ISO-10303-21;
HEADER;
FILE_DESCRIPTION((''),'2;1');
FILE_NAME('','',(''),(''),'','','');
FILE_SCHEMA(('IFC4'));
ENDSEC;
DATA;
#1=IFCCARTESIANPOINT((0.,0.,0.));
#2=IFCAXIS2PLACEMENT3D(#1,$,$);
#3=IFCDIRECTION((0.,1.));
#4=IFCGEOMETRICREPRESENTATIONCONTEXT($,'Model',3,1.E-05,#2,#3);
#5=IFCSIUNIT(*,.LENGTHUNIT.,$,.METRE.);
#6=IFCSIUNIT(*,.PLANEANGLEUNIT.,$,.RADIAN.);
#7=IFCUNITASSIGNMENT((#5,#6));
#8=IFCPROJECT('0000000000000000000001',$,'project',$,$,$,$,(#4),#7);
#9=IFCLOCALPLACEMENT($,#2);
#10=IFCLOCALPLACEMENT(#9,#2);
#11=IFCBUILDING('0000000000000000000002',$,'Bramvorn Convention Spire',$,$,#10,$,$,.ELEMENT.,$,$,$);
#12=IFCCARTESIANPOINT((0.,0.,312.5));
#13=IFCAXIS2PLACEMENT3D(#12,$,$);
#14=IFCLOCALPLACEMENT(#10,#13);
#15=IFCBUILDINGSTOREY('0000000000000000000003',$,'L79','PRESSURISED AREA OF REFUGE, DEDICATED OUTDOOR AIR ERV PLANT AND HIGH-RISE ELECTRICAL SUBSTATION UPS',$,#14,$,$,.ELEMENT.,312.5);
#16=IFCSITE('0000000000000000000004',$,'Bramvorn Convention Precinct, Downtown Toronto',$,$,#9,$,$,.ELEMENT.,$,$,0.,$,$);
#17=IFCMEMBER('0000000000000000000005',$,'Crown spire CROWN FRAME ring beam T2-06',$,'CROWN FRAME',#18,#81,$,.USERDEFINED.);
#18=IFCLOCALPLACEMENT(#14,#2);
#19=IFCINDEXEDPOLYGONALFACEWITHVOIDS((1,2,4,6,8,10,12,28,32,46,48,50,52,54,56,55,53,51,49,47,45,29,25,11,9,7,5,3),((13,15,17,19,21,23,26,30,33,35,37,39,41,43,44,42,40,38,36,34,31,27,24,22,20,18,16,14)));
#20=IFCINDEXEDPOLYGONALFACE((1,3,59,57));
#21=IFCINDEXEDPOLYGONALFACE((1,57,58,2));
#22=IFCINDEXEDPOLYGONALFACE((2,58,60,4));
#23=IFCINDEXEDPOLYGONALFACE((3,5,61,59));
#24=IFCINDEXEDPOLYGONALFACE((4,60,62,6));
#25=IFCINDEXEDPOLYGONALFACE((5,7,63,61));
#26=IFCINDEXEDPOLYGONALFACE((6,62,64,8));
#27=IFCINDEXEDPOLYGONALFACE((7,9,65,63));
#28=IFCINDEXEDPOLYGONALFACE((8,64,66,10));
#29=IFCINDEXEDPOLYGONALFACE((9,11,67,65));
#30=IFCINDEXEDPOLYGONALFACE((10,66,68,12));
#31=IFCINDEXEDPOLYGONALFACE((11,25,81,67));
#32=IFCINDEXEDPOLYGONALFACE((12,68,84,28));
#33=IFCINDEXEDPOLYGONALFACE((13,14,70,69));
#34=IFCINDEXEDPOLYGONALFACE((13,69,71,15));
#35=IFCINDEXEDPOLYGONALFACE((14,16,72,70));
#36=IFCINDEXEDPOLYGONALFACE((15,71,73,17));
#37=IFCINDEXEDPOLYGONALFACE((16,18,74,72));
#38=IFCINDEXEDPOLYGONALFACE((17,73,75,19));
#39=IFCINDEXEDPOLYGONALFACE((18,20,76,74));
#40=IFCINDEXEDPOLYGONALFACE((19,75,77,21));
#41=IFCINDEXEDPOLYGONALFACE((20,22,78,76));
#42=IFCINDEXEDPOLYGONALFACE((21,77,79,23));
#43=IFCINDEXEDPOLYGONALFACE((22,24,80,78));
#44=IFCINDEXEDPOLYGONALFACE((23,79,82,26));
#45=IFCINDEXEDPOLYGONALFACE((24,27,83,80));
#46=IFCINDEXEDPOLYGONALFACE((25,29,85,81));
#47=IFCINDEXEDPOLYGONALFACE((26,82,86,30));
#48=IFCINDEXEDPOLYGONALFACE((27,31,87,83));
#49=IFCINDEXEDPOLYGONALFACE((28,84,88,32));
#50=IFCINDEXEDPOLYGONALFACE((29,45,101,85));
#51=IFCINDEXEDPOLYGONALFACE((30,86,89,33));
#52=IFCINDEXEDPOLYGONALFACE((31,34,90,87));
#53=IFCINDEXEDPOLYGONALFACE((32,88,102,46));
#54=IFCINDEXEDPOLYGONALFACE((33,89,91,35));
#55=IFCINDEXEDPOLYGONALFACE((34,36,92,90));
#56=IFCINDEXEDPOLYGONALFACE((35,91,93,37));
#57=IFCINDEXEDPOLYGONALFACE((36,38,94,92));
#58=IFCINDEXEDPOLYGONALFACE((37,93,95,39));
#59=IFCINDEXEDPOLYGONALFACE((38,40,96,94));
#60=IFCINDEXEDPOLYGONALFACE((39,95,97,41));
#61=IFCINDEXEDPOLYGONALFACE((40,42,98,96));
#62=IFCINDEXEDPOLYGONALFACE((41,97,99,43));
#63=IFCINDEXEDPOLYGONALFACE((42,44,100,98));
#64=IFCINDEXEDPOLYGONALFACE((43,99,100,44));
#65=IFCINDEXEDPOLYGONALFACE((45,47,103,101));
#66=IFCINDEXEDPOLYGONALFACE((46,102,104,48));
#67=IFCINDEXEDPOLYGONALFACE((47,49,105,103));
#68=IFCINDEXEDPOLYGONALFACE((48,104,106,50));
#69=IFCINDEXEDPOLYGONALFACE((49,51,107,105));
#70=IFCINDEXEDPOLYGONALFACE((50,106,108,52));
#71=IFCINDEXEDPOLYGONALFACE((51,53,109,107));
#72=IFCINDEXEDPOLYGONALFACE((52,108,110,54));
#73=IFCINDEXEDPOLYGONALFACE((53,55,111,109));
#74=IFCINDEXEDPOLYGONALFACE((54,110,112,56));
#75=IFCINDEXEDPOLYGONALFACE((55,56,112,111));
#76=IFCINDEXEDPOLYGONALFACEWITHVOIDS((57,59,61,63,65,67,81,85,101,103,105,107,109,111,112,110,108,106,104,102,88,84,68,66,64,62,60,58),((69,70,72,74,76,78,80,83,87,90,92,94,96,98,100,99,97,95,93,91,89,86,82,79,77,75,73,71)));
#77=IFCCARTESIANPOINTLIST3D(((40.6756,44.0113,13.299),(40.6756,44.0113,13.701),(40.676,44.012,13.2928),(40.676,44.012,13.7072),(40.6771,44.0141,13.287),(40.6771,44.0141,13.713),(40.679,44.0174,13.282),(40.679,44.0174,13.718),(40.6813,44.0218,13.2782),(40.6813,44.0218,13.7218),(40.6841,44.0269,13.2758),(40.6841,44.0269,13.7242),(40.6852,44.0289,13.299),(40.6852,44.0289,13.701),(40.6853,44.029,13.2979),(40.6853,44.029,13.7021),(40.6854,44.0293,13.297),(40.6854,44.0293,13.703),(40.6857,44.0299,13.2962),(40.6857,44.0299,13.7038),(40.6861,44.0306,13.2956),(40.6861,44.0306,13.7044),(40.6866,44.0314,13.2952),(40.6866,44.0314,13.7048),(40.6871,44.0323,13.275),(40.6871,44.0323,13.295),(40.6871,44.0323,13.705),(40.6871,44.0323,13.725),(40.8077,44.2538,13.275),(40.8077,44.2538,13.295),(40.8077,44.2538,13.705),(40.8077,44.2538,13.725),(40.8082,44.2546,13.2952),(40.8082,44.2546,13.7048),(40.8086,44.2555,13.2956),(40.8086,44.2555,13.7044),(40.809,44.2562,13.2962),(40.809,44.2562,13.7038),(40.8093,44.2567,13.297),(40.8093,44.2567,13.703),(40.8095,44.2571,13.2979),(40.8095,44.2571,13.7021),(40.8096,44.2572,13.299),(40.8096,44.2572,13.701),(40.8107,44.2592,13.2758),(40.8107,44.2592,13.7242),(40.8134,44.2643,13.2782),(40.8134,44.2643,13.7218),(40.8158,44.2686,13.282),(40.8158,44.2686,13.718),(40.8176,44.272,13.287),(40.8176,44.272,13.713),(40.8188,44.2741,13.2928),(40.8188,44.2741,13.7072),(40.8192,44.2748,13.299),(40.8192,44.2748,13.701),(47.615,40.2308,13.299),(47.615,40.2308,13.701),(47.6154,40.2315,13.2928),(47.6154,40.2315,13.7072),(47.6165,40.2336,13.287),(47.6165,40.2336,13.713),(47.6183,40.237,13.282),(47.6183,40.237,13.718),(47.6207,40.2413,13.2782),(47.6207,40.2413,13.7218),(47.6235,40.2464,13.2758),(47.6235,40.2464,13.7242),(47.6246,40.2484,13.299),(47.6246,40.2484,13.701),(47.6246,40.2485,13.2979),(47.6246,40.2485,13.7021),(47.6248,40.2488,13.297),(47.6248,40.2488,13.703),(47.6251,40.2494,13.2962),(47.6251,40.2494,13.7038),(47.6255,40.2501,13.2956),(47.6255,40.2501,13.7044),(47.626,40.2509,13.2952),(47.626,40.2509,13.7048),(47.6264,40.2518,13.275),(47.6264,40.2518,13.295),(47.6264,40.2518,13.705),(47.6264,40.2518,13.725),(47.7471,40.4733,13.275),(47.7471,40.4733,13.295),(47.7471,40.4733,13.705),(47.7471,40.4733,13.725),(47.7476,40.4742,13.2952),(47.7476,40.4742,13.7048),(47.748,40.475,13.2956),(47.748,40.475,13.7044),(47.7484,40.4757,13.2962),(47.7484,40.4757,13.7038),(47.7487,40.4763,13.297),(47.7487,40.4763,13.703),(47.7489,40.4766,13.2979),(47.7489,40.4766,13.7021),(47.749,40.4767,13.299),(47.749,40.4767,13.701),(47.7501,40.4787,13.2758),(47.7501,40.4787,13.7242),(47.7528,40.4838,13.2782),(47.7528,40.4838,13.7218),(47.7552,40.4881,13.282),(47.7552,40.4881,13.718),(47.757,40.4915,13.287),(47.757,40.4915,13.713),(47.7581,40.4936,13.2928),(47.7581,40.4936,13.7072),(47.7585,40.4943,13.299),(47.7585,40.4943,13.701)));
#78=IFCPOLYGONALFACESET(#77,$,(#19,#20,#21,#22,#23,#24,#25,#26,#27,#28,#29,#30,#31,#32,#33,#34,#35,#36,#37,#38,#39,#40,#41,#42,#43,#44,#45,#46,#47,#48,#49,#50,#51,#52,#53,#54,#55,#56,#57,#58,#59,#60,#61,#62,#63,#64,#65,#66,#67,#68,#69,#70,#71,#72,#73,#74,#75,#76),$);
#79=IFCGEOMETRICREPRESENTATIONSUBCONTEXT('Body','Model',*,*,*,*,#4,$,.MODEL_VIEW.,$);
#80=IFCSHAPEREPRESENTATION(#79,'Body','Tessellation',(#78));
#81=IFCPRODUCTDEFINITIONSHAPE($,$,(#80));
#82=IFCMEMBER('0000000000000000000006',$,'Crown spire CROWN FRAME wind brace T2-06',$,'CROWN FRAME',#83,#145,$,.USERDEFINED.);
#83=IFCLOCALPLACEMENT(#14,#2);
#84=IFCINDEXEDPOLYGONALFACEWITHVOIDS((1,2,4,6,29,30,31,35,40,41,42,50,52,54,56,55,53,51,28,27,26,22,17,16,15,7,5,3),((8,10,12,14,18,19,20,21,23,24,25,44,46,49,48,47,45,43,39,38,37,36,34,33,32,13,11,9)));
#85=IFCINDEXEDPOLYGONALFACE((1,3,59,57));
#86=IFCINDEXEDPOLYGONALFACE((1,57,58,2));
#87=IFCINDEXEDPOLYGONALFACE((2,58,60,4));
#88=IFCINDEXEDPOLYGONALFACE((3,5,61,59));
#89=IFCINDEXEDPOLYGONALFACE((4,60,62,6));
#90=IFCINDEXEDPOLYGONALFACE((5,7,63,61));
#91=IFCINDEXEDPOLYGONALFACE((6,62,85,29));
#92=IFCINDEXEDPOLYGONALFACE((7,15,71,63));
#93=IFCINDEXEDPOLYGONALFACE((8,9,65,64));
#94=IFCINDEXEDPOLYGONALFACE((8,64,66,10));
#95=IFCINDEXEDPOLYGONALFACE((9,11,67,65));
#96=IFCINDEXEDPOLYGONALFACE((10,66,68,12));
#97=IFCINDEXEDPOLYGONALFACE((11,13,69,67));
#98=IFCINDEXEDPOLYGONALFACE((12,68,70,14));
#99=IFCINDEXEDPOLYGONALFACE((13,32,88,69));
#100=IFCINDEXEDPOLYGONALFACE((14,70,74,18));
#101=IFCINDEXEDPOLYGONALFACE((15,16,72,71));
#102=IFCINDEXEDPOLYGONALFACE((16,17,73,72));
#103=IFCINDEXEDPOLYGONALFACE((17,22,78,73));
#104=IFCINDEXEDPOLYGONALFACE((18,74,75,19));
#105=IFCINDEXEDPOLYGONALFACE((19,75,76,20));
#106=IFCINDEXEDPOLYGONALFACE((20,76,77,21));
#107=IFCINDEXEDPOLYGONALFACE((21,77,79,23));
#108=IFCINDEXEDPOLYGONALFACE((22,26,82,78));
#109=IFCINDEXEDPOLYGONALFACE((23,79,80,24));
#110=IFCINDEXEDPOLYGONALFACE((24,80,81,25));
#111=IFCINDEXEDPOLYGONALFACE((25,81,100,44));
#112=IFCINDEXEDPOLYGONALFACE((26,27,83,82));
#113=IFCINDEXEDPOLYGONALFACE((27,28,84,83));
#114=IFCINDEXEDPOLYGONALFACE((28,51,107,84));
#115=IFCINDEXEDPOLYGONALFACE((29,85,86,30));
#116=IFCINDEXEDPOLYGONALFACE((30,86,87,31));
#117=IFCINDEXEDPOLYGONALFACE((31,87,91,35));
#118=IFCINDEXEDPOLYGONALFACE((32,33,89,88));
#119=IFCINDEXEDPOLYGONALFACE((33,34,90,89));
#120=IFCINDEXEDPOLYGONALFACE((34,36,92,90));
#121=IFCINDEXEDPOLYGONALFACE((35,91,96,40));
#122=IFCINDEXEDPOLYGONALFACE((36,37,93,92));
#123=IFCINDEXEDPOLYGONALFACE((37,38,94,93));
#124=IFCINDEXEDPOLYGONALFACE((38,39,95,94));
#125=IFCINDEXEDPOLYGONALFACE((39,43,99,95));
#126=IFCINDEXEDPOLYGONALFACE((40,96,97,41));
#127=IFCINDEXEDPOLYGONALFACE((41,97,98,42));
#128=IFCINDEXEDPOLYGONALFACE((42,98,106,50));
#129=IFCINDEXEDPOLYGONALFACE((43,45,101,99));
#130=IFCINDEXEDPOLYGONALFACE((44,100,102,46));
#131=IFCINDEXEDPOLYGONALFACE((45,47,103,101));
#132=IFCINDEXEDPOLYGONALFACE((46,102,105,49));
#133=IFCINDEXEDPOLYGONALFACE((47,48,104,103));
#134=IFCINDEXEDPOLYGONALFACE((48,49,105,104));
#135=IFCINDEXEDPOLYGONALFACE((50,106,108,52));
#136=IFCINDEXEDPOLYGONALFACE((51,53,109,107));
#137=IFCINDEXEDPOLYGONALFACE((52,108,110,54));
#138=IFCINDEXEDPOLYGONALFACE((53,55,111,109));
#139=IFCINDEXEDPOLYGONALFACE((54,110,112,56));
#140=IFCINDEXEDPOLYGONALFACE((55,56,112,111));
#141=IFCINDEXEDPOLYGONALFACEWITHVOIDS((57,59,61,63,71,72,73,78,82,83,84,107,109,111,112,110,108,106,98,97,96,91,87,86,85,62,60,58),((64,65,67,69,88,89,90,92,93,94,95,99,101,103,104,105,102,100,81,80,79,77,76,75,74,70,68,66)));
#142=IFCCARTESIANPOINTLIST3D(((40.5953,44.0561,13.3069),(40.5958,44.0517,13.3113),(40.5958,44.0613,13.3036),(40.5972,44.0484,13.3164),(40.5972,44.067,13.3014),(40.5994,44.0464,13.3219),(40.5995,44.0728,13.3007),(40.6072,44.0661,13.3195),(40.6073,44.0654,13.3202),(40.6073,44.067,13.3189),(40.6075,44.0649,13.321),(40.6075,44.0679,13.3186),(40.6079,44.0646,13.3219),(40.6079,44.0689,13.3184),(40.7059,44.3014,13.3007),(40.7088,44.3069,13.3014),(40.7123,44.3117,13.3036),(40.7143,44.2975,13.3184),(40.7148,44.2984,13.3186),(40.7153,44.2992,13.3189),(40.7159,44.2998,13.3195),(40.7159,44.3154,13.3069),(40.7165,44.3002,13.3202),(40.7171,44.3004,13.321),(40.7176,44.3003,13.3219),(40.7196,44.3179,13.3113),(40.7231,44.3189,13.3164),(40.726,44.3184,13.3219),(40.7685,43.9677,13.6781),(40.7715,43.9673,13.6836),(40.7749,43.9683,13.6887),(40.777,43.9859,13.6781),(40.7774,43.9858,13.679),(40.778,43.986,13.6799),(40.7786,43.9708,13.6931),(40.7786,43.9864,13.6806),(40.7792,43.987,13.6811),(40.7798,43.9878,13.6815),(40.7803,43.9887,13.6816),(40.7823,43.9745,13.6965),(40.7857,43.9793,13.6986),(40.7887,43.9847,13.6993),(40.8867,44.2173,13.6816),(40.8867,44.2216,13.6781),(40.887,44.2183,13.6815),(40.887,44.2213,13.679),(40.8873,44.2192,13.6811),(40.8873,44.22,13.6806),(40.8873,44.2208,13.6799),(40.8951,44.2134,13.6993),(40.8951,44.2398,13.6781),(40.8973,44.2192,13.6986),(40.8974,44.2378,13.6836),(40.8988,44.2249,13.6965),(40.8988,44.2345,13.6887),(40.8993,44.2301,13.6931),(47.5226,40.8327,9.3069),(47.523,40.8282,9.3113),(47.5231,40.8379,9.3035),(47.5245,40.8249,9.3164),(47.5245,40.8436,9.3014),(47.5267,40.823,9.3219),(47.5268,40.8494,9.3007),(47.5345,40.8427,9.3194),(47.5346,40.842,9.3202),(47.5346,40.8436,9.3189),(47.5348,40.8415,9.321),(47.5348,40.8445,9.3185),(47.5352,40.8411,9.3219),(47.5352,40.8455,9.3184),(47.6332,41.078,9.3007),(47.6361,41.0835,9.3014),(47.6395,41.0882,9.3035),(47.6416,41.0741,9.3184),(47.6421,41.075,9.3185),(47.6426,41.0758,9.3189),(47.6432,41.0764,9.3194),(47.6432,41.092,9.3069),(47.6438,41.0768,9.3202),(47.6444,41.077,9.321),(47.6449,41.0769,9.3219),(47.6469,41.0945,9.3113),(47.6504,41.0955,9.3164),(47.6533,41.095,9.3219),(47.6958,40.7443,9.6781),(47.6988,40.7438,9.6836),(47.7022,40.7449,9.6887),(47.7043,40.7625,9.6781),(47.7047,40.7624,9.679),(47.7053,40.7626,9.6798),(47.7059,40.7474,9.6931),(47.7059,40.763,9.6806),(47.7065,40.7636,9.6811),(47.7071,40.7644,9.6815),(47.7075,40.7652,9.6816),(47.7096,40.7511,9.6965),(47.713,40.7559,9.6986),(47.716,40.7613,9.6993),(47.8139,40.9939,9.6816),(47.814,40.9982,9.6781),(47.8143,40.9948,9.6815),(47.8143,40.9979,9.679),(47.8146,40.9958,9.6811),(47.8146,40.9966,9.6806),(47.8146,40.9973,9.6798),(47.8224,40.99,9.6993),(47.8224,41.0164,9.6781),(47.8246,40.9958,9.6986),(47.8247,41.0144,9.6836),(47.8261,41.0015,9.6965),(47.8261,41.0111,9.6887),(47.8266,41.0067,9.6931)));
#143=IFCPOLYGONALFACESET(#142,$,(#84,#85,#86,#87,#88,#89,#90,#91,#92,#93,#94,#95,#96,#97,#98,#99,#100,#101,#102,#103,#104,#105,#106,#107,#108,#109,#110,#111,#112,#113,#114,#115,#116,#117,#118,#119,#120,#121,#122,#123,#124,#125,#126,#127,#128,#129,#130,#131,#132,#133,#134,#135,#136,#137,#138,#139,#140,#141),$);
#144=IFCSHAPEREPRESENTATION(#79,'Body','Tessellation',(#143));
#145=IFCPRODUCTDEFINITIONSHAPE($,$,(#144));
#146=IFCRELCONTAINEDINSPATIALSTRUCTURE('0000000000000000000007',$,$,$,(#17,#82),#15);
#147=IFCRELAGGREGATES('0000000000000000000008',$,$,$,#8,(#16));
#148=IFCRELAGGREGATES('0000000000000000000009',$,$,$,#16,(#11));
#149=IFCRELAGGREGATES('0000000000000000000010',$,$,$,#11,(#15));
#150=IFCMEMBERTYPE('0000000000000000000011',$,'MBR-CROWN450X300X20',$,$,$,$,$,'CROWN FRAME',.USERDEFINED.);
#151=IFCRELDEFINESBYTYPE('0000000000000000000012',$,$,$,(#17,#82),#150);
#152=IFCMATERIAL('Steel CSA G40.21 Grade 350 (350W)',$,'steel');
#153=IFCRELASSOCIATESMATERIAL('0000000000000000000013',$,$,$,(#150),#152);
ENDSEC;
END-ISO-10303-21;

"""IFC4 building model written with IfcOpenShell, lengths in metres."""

from ifc_helpers import new_model, si_unit, direction, frame, origin, origin_2d, place, context, subcontext, project, spatial, hollow_rectangle, extrude, material, material_profile, profile_set, type_object, element, save


model = new_model("IFC4")

# Units and contexts
model_context = context("Model", 3, precision=1e-05, world=origin(), true_north=direction((0.0, 1.0)))
body_context = subcontext(model_context, "Body", "Model", "MODEL_VIEW")
ifc_project = project(units=[si_unit("LENGTHUNIT", "METRE"), si_unit("PLANEANGLEUNIT", "RADIAN")], contexts=[model_context])

# Site, building, storey
site_placement = place(None, origin())
site = spatial("IfcSite", under=ifc_project, at=site_placement, Name="Bramvorn Convention Precinct, Downtown Toronto", CompositionType="ELEMENT", RefElevation=0.0)
building_placement = place(site_placement, origin())
building = spatial("IfcBuilding", under=site, at=building_placement, Name="Bramvorn Convention Spire", CompositionType="ELEMENT")
storey_placement = place(building_placement, frame((0.0, 0.0, 312.5)))
storey = spatial("IfcBuildingStorey", under=building, at=storey_placement, Name="L79", Description="PRESSURISED AREA OF REFUGE, DEDICATED OUTDOOR AIR ERV PLANT AND HIGH-RISE ELECTRICAL SUBSTATION UPS", CompositionType="ELEMENT", Elevation=312.5)

# Shared definitions
ifc_material_1 = material(Name="Steel CSA G40.21 Grade 350 (350W)", Category="steel")

# Members
ifc_material_profile_1 = material_profile(ifc_material_1, hollow_rectangle(XDim=0.3, YDim=0.45, WallThickness=0.02, InnerFilletRadius=0.0039, OuterFilletRadius=0.0239, at=origin_2d()))
ifc_profile_set_1 = profile_set([ifc_material_profile_1], Name="Steel CSA G40.21 Grade 350 (350W) - CROWN450X300X20")
member_type = type_object("IfcMemberType", Name="MBR-CROWN450X300X20", ElementType="CROWN FRAME", PredefinedType="USERDEFINED", material=ifc_profile_set_1)
member_1_placement = place(storey_placement, frame((47.6868, 40.3625, 13.5), z_axis=(-0.878142, 0.4784, 0.0), x_axis=(-0.4784, -0.878142, 0.0)))
element("IfcMember", 1, at=member_1_placement, inside=storey, type_object=member_type, Name="Crown spire CROWN FRAME ring beam T2-06", ObjectType="CROWN FRAME", PredefinedType="USERDEFINED", context=body_context, shape_type="SweptSolid", body=[
    extrude(hollow_rectangle(XDim=0.3, YDim=0.45, WallThickness=0.02, InnerFilletRadius=0.0039, OuterFilletRadius=0.0239, at=origin_2d()), origin(), (0.0, 0.0, 1.0), 7.9023),
])
member_2_placement = place(storey_placement, frame((47.6746, 40.9197, 9.5), z_axis=(-0.803233, 0.373761, 0.463811), x_axis=(-0.421883, -0.90665, 0.0)))
element("IfcMember", 2, at=member_2_placement, inside=storey, type_object=member_type, Name="Crown spire CROWN FRAME wind brace T2-06", ObjectType="CROWN FRAME", PredefinedType="USERDEFINED", context=body_context, shape_type="SweptSolid", body=[
    extrude(hollow_rectangle(XDim=0.3, YDim=0.45, WallThickness=0.02, InnerFilletRadius=0.0039, OuterFilletRadius=0.0239, at=origin_2d()), origin(), (0.0, 0.0, 1.0), 8.6243),
])

save(model, "model.ifc")
